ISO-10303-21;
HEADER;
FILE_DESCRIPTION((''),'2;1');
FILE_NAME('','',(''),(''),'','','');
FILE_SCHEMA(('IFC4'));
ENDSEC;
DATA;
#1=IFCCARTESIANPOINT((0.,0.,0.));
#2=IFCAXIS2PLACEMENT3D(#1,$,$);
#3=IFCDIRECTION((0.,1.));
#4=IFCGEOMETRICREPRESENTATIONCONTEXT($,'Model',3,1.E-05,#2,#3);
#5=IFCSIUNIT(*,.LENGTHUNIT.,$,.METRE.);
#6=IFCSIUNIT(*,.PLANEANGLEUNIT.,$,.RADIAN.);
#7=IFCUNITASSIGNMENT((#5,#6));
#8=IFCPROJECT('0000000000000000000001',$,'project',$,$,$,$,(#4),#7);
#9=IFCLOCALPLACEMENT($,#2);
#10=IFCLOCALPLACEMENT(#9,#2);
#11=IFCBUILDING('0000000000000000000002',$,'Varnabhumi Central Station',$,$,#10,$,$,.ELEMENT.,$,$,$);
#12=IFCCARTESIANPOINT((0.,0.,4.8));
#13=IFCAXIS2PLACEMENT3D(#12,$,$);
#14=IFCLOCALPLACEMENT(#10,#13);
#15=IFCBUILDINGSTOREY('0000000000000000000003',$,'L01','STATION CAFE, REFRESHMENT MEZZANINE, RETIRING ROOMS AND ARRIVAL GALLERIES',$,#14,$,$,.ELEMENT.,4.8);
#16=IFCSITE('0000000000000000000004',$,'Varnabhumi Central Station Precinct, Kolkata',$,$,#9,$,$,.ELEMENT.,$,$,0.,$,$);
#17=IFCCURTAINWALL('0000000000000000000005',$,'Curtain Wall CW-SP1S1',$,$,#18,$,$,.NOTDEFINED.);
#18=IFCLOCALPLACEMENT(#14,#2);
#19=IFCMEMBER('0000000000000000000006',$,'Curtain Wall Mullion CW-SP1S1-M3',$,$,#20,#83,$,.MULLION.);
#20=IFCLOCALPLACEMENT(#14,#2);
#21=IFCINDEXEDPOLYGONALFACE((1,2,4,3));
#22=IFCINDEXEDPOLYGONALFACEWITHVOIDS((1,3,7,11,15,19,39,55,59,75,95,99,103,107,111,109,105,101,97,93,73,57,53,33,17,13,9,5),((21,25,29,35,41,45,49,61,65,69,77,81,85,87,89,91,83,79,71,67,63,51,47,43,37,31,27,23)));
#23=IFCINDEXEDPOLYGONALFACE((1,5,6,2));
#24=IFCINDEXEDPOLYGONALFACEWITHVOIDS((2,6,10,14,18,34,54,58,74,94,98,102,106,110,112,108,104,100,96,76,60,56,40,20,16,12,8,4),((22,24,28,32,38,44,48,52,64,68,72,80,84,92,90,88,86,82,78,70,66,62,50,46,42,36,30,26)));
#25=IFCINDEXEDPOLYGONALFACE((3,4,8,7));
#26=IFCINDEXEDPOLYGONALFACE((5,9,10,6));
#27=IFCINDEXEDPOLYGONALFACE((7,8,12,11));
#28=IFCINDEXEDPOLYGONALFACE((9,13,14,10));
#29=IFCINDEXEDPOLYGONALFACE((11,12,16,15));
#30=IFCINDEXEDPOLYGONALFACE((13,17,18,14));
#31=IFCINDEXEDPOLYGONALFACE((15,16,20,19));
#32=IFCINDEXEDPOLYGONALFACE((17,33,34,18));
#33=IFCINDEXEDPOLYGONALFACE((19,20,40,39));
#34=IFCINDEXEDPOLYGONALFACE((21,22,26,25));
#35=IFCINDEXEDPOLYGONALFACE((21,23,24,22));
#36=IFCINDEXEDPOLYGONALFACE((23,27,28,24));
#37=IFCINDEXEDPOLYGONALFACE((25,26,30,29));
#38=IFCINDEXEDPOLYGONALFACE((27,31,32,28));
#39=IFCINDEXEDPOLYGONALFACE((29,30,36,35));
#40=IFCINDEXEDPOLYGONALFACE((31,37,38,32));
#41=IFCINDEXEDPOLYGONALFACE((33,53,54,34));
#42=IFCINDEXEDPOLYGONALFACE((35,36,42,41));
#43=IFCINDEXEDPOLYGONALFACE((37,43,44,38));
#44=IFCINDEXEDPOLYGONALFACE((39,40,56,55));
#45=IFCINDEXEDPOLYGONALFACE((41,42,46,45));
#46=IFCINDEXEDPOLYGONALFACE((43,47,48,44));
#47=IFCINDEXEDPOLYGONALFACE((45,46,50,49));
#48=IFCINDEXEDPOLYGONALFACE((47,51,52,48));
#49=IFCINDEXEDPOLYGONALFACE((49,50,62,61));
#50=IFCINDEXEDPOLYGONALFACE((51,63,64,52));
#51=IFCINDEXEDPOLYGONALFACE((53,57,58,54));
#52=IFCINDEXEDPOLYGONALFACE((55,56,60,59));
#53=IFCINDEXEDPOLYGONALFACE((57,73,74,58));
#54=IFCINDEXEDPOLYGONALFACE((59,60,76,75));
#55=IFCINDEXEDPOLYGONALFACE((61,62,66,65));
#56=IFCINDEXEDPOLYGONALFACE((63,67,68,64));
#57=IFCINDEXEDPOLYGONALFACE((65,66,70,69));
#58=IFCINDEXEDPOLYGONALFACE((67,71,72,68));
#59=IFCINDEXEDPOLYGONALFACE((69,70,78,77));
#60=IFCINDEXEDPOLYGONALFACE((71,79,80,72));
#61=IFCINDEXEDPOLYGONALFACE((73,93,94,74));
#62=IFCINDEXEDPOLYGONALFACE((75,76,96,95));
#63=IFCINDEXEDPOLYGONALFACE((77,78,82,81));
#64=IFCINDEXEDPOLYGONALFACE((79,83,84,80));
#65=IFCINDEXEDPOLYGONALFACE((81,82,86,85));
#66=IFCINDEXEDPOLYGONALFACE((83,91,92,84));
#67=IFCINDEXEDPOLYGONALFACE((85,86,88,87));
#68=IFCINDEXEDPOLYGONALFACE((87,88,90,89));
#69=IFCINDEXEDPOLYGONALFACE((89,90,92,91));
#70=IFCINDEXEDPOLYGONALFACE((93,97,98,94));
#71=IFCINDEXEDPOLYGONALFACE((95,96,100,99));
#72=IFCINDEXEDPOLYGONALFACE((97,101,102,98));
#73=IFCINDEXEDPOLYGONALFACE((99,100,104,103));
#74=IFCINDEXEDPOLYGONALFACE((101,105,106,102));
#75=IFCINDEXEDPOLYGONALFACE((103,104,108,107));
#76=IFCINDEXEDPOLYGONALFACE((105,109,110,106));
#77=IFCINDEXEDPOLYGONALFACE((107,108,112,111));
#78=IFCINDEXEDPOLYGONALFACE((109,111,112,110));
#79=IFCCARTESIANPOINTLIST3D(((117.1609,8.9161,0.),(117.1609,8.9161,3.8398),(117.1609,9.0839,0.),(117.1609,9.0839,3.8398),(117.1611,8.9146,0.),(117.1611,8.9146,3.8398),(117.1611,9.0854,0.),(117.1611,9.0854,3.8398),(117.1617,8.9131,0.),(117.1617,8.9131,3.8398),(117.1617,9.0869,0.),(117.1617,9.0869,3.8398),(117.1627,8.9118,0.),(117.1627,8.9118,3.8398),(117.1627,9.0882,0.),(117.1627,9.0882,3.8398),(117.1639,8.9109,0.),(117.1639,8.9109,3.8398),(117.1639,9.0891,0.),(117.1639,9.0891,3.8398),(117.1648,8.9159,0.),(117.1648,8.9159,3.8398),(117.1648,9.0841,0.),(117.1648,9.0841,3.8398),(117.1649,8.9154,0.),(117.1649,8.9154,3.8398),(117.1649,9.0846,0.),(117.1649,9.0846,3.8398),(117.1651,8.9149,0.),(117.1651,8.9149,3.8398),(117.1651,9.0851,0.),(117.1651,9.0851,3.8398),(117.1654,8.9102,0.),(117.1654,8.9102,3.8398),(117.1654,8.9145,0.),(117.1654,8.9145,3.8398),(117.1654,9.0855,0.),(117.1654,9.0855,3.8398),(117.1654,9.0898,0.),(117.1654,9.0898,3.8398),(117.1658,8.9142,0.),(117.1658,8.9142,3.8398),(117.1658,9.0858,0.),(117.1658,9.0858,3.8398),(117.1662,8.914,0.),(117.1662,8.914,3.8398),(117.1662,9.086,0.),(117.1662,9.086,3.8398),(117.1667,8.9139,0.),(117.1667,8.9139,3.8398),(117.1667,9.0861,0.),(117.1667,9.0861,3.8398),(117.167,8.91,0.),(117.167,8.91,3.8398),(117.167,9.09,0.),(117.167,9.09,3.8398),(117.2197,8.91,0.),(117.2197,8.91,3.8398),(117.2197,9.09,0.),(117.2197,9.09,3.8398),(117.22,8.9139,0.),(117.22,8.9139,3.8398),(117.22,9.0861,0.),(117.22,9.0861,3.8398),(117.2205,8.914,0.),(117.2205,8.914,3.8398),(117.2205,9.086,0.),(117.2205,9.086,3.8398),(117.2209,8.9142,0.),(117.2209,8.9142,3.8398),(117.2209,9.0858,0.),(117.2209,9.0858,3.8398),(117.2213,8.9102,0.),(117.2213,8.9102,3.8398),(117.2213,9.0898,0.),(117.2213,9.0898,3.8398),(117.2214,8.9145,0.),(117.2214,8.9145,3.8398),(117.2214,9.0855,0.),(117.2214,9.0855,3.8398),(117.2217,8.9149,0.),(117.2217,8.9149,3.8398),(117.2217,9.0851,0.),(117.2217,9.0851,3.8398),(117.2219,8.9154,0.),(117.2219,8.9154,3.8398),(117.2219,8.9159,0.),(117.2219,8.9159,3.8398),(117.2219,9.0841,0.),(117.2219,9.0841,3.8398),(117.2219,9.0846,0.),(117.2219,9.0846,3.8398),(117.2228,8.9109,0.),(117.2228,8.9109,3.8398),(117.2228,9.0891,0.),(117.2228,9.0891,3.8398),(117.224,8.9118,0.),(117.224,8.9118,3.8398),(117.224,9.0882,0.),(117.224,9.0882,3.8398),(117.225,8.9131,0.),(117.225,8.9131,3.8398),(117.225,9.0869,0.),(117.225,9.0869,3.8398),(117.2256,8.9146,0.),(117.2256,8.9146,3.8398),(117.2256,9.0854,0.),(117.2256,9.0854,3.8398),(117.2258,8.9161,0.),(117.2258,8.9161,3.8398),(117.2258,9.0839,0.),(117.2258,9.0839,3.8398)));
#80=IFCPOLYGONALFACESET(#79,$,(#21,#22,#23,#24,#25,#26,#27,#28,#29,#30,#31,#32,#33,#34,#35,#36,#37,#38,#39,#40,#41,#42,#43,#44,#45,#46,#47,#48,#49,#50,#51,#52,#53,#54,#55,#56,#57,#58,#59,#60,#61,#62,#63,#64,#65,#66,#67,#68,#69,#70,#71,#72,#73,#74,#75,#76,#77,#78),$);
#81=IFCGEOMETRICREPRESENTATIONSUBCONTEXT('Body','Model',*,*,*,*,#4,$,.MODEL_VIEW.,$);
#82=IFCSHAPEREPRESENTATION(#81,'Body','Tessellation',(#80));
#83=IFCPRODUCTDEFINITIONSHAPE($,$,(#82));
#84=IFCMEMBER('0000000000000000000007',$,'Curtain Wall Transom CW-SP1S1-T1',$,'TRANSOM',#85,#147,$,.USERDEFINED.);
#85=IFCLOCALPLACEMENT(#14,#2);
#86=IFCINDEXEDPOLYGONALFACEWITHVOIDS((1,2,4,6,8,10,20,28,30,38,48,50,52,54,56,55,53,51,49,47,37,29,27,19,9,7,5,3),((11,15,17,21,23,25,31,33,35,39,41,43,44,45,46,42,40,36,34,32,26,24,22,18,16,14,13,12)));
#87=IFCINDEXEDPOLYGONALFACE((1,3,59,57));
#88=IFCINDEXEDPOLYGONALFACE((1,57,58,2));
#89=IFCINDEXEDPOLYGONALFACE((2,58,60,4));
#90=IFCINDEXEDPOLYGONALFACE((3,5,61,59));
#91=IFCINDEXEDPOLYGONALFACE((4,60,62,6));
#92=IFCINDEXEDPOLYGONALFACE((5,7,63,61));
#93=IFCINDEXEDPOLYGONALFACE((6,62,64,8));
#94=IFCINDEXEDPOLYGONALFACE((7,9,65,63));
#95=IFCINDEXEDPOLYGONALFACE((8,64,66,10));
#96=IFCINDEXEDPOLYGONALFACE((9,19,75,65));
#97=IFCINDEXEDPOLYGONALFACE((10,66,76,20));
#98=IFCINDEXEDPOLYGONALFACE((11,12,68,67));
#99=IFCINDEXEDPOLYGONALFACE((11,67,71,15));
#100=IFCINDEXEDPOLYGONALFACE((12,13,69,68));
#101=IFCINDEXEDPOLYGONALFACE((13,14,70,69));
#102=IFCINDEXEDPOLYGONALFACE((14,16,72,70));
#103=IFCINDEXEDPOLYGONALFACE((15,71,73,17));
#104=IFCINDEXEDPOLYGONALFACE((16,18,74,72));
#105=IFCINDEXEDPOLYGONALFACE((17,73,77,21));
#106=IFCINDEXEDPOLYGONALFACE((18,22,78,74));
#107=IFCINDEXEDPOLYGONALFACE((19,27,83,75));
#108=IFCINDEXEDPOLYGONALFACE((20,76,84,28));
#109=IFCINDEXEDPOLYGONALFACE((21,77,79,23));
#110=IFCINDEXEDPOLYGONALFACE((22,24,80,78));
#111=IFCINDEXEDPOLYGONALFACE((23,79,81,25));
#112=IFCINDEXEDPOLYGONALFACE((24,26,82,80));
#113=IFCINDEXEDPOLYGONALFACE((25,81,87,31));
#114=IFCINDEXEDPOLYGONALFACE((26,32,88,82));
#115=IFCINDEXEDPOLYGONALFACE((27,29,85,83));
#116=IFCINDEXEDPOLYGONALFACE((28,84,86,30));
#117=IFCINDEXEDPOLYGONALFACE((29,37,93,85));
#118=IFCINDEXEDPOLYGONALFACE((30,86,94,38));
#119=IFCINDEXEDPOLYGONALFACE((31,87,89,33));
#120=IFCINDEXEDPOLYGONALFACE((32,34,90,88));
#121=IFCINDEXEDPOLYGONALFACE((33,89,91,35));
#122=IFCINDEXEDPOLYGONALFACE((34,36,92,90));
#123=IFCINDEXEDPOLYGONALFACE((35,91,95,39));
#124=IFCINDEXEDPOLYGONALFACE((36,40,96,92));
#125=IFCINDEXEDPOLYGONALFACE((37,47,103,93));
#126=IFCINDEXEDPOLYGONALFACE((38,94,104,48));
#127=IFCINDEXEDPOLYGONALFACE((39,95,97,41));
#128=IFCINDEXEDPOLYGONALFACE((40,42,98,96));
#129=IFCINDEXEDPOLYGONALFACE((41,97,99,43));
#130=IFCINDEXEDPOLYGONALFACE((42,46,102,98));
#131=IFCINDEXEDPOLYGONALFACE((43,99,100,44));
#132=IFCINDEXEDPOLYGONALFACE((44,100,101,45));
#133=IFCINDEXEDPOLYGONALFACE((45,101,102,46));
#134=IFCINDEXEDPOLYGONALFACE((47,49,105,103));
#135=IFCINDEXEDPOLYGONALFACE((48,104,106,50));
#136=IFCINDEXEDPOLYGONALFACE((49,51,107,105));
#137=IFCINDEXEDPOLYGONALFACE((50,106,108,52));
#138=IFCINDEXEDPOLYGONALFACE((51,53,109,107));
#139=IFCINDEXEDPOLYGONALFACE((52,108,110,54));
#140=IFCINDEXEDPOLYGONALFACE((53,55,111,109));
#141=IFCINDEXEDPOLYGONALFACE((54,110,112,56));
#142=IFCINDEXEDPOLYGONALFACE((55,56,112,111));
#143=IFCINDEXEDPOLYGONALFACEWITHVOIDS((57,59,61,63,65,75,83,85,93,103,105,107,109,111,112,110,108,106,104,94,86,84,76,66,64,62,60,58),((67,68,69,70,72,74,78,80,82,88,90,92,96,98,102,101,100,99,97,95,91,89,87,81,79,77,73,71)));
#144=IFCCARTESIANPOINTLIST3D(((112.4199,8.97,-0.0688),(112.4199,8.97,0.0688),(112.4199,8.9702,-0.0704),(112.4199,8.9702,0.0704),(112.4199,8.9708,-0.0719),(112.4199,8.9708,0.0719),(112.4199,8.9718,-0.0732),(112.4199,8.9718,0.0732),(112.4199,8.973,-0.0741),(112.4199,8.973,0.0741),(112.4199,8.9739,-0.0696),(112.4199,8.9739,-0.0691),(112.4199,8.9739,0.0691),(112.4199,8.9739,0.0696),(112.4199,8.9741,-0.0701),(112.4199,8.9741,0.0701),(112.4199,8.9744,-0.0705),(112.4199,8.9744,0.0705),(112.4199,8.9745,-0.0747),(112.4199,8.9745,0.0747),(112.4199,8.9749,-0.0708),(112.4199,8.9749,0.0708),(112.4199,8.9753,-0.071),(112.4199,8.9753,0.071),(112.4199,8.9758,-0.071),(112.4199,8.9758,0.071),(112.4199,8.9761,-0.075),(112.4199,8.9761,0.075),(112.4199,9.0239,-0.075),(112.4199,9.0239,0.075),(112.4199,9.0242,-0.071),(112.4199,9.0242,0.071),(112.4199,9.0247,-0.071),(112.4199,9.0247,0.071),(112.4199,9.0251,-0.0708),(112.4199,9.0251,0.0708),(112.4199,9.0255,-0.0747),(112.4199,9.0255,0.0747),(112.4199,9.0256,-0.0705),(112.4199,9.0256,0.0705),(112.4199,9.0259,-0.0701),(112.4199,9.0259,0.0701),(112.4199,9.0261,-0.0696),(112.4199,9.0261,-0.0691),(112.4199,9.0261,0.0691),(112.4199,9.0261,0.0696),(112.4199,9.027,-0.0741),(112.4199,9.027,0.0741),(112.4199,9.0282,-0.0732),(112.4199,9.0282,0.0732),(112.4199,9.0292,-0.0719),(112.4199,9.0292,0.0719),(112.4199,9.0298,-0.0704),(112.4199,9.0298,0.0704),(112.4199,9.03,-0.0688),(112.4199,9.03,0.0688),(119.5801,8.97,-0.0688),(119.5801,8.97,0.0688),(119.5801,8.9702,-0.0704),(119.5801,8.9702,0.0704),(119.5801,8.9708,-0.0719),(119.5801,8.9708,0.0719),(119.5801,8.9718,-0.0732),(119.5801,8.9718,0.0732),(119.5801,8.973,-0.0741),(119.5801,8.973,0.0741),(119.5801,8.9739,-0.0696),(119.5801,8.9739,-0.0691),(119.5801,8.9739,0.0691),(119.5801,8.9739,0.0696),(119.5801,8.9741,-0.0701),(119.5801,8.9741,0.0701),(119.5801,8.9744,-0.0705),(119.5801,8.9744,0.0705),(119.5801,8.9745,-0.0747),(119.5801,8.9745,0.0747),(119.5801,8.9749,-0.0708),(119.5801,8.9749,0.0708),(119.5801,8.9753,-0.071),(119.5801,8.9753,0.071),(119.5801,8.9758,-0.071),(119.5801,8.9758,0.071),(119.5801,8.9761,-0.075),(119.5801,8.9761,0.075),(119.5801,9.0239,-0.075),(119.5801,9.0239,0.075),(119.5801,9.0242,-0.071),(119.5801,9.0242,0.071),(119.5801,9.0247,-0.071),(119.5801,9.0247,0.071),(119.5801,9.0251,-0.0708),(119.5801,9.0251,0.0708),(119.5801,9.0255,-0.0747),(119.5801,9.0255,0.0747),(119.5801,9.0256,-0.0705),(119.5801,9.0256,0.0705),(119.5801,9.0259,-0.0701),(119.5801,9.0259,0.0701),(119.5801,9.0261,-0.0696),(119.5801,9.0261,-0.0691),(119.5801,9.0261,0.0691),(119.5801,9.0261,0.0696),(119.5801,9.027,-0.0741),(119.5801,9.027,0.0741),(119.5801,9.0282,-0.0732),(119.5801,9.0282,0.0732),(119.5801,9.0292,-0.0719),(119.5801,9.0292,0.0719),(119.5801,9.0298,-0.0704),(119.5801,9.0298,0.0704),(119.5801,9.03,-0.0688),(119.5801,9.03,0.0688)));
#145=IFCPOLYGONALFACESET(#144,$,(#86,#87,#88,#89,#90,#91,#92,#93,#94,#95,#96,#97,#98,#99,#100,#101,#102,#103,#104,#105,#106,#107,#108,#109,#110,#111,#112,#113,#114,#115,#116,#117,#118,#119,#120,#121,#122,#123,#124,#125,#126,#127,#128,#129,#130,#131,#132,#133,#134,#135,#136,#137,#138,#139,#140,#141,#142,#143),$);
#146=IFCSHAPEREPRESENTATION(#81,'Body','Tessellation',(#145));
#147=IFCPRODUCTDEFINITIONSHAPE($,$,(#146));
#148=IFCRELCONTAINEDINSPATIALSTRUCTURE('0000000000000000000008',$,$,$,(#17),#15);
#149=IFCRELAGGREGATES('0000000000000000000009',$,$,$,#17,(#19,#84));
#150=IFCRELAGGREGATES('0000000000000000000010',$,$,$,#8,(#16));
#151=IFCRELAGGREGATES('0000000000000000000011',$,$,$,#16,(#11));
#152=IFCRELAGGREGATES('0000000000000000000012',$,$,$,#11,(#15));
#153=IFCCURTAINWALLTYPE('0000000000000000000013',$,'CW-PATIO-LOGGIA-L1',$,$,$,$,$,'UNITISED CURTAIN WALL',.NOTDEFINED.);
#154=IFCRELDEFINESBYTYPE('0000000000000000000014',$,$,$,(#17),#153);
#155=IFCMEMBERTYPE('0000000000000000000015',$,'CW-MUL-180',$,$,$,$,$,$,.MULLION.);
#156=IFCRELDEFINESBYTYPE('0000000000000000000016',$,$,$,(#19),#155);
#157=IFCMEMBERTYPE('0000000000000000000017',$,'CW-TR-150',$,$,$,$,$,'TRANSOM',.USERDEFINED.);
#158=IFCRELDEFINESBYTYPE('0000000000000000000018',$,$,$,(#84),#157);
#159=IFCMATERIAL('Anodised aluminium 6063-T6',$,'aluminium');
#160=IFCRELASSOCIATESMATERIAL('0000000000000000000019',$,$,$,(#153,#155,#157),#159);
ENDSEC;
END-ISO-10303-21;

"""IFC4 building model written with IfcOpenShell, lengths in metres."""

from ifc_helpers import new_model, si_unit, direction, frame, origin, origin_2d, place, context, subcontext, project, spatial, hollow_rectangle, extrude, material, material_profile, profile_set, type_object, element, aggregate, save


model = new_model("IFC4")

# Units and contexts
model_context = context("Model", 3, precision=1e-05, world=origin(), true_north=direction((0.0, 1.0)))
body_context = subcontext(model_context, "Body", "Model", "MODEL_VIEW")
ifc_project = project(units=[si_unit("LENGTHUNIT", "METRE"), si_unit("PLANEANGLEUNIT", "RADIAN")], contexts=[model_context])

# Site, building, storey
site_placement = place(None, origin())
site = spatial("IfcSite", under=ifc_project, at=site_placement, Name="Varnabhumi Central Station Precinct, Kolkata", CompositionType="ELEMENT", RefElevation=0.0)
building_placement = place(site_placement, origin())
building = spatial("IfcBuilding", under=site, at=building_placement, Name="Varnabhumi Central Station", CompositionType="ELEMENT")
storey_placement = place(building_placement, frame((0.0, 0.0, 4.8)))
storey = spatial("IfcBuildingStorey", under=building, at=storey_placement, Name="L01", Description="STATION CAFE, REFRESHMENT MEZZANINE, RETIRING ROOMS AND ARRIVAL GALLERIES", CompositionType="ELEMENT", Elevation=4.8)

# Curtain wall, members
ifc_material_1 = material(Name="Anodised aluminium 6063-T6", Category="aluminium")
curtain_wall_type = type_object("IfcCurtainWallType", Name="CW-PATIO-LOGGIA-L1", ElementType="UNITISED CURTAIN WALL", PredefinedType="NOTDEFINED", material=ifc_material_1)
curtain_wall_placement = place(storey_placement, origin())
curtain_wall = element("IfcCurtainWall", 1, at=curtain_wall_placement, inside=storey, type_object=curtain_wall_type, Name="Curtain Wall CW-SP1S1", PredefinedType="NOTDEFINED")
ifc_material_profile_1 = material_profile(ifc_material_1, hollow_rectangle(XDim=0.0649, YDim=0.1799, WallThickness=0.0039, InnerFilletRadius=0.002, OuterFilletRadius=0.0061, at=origin_2d()), Name="Anodised aluminium 6063-T6", Category="aluminium")
ifc_profile_set_1 = profile_set([ifc_material_profile_1], Name="Anodised aluminium 6063-T6")
member_type_1 = type_object("IfcMemberType", Name="CW-MUL-180", PredefinedType="MULLION", material=ifc_profile_set_1)
member_1_placement = place(storey_placement, frame((117.1934, 9.0, 0.0), z_axis=(0.0, 0.0, 1.0), x_axis=(1.0, 0.0, 0.0)))
member_1 = element("IfcMember", 2, at=member_1_placement, type_object=member_type_1, Name="Curtain Wall Mullion CW-SP1S1-M3", PredefinedType="MULLION", context=body_context, shape_type="SweptSolid", body=[
    extrude(hollow_rectangle(XDim=0.0649, YDim=0.1799, WallThickness=0.0039, InnerFilletRadius=0.002, OuterFilletRadius=0.0061, at=origin_2d()), origin(), (0.0, 0.0, 1.0), 3.8398),
])
ifc_material_profile_2 = material_profile(ifc_material_1, hollow_rectangle(XDim=0.0601, YDim=0.1499, WallThickness=0.0039, InnerFilletRadius=0.002, OuterFilletRadius=0.0061, at=origin_2d()), Name="Anodised aluminium 6063-T6", Category="aluminium")
ifc_profile_set_2 = profile_set([ifc_material_profile_2], Name="Anodised aluminium 6063-T6")
member_type_2 = type_object("IfcMemberType", Name="CW-TR-150", ElementType="TRANSOM", PredefinedType="USERDEFINED", material=ifc_profile_set_2)
member_2_placement = place(storey_placement, frame((112.4199, 9.0, 0.0), z_axis=(1.0, 0.0, 0.0), x_axis=(0.0, 1.0, 0.0)))
member_2 = element("IfcMember", 3, at=member_2_placement, type_object=member_type_2, Name="Curtain Wall Transom CW-SP1S1-T1", ObjectType="TRANSOM", PredefinedType="USERDEFINED", context=body_context, shape_type="SweptSolid", body=[
    extrude(hollow_rectangle(XDim=0.0601, YDim=0.1499, WallThickness=0.0039, InnerFilletRadius=0.002, OuterFilletRadius=0.0061, at=origin_2d()), origin(), (0.0, 0.0, 1.0), 7.1602),
])

aggregate(curtain_wall, [member_1, member_2])

save(model, "model.ifc")
